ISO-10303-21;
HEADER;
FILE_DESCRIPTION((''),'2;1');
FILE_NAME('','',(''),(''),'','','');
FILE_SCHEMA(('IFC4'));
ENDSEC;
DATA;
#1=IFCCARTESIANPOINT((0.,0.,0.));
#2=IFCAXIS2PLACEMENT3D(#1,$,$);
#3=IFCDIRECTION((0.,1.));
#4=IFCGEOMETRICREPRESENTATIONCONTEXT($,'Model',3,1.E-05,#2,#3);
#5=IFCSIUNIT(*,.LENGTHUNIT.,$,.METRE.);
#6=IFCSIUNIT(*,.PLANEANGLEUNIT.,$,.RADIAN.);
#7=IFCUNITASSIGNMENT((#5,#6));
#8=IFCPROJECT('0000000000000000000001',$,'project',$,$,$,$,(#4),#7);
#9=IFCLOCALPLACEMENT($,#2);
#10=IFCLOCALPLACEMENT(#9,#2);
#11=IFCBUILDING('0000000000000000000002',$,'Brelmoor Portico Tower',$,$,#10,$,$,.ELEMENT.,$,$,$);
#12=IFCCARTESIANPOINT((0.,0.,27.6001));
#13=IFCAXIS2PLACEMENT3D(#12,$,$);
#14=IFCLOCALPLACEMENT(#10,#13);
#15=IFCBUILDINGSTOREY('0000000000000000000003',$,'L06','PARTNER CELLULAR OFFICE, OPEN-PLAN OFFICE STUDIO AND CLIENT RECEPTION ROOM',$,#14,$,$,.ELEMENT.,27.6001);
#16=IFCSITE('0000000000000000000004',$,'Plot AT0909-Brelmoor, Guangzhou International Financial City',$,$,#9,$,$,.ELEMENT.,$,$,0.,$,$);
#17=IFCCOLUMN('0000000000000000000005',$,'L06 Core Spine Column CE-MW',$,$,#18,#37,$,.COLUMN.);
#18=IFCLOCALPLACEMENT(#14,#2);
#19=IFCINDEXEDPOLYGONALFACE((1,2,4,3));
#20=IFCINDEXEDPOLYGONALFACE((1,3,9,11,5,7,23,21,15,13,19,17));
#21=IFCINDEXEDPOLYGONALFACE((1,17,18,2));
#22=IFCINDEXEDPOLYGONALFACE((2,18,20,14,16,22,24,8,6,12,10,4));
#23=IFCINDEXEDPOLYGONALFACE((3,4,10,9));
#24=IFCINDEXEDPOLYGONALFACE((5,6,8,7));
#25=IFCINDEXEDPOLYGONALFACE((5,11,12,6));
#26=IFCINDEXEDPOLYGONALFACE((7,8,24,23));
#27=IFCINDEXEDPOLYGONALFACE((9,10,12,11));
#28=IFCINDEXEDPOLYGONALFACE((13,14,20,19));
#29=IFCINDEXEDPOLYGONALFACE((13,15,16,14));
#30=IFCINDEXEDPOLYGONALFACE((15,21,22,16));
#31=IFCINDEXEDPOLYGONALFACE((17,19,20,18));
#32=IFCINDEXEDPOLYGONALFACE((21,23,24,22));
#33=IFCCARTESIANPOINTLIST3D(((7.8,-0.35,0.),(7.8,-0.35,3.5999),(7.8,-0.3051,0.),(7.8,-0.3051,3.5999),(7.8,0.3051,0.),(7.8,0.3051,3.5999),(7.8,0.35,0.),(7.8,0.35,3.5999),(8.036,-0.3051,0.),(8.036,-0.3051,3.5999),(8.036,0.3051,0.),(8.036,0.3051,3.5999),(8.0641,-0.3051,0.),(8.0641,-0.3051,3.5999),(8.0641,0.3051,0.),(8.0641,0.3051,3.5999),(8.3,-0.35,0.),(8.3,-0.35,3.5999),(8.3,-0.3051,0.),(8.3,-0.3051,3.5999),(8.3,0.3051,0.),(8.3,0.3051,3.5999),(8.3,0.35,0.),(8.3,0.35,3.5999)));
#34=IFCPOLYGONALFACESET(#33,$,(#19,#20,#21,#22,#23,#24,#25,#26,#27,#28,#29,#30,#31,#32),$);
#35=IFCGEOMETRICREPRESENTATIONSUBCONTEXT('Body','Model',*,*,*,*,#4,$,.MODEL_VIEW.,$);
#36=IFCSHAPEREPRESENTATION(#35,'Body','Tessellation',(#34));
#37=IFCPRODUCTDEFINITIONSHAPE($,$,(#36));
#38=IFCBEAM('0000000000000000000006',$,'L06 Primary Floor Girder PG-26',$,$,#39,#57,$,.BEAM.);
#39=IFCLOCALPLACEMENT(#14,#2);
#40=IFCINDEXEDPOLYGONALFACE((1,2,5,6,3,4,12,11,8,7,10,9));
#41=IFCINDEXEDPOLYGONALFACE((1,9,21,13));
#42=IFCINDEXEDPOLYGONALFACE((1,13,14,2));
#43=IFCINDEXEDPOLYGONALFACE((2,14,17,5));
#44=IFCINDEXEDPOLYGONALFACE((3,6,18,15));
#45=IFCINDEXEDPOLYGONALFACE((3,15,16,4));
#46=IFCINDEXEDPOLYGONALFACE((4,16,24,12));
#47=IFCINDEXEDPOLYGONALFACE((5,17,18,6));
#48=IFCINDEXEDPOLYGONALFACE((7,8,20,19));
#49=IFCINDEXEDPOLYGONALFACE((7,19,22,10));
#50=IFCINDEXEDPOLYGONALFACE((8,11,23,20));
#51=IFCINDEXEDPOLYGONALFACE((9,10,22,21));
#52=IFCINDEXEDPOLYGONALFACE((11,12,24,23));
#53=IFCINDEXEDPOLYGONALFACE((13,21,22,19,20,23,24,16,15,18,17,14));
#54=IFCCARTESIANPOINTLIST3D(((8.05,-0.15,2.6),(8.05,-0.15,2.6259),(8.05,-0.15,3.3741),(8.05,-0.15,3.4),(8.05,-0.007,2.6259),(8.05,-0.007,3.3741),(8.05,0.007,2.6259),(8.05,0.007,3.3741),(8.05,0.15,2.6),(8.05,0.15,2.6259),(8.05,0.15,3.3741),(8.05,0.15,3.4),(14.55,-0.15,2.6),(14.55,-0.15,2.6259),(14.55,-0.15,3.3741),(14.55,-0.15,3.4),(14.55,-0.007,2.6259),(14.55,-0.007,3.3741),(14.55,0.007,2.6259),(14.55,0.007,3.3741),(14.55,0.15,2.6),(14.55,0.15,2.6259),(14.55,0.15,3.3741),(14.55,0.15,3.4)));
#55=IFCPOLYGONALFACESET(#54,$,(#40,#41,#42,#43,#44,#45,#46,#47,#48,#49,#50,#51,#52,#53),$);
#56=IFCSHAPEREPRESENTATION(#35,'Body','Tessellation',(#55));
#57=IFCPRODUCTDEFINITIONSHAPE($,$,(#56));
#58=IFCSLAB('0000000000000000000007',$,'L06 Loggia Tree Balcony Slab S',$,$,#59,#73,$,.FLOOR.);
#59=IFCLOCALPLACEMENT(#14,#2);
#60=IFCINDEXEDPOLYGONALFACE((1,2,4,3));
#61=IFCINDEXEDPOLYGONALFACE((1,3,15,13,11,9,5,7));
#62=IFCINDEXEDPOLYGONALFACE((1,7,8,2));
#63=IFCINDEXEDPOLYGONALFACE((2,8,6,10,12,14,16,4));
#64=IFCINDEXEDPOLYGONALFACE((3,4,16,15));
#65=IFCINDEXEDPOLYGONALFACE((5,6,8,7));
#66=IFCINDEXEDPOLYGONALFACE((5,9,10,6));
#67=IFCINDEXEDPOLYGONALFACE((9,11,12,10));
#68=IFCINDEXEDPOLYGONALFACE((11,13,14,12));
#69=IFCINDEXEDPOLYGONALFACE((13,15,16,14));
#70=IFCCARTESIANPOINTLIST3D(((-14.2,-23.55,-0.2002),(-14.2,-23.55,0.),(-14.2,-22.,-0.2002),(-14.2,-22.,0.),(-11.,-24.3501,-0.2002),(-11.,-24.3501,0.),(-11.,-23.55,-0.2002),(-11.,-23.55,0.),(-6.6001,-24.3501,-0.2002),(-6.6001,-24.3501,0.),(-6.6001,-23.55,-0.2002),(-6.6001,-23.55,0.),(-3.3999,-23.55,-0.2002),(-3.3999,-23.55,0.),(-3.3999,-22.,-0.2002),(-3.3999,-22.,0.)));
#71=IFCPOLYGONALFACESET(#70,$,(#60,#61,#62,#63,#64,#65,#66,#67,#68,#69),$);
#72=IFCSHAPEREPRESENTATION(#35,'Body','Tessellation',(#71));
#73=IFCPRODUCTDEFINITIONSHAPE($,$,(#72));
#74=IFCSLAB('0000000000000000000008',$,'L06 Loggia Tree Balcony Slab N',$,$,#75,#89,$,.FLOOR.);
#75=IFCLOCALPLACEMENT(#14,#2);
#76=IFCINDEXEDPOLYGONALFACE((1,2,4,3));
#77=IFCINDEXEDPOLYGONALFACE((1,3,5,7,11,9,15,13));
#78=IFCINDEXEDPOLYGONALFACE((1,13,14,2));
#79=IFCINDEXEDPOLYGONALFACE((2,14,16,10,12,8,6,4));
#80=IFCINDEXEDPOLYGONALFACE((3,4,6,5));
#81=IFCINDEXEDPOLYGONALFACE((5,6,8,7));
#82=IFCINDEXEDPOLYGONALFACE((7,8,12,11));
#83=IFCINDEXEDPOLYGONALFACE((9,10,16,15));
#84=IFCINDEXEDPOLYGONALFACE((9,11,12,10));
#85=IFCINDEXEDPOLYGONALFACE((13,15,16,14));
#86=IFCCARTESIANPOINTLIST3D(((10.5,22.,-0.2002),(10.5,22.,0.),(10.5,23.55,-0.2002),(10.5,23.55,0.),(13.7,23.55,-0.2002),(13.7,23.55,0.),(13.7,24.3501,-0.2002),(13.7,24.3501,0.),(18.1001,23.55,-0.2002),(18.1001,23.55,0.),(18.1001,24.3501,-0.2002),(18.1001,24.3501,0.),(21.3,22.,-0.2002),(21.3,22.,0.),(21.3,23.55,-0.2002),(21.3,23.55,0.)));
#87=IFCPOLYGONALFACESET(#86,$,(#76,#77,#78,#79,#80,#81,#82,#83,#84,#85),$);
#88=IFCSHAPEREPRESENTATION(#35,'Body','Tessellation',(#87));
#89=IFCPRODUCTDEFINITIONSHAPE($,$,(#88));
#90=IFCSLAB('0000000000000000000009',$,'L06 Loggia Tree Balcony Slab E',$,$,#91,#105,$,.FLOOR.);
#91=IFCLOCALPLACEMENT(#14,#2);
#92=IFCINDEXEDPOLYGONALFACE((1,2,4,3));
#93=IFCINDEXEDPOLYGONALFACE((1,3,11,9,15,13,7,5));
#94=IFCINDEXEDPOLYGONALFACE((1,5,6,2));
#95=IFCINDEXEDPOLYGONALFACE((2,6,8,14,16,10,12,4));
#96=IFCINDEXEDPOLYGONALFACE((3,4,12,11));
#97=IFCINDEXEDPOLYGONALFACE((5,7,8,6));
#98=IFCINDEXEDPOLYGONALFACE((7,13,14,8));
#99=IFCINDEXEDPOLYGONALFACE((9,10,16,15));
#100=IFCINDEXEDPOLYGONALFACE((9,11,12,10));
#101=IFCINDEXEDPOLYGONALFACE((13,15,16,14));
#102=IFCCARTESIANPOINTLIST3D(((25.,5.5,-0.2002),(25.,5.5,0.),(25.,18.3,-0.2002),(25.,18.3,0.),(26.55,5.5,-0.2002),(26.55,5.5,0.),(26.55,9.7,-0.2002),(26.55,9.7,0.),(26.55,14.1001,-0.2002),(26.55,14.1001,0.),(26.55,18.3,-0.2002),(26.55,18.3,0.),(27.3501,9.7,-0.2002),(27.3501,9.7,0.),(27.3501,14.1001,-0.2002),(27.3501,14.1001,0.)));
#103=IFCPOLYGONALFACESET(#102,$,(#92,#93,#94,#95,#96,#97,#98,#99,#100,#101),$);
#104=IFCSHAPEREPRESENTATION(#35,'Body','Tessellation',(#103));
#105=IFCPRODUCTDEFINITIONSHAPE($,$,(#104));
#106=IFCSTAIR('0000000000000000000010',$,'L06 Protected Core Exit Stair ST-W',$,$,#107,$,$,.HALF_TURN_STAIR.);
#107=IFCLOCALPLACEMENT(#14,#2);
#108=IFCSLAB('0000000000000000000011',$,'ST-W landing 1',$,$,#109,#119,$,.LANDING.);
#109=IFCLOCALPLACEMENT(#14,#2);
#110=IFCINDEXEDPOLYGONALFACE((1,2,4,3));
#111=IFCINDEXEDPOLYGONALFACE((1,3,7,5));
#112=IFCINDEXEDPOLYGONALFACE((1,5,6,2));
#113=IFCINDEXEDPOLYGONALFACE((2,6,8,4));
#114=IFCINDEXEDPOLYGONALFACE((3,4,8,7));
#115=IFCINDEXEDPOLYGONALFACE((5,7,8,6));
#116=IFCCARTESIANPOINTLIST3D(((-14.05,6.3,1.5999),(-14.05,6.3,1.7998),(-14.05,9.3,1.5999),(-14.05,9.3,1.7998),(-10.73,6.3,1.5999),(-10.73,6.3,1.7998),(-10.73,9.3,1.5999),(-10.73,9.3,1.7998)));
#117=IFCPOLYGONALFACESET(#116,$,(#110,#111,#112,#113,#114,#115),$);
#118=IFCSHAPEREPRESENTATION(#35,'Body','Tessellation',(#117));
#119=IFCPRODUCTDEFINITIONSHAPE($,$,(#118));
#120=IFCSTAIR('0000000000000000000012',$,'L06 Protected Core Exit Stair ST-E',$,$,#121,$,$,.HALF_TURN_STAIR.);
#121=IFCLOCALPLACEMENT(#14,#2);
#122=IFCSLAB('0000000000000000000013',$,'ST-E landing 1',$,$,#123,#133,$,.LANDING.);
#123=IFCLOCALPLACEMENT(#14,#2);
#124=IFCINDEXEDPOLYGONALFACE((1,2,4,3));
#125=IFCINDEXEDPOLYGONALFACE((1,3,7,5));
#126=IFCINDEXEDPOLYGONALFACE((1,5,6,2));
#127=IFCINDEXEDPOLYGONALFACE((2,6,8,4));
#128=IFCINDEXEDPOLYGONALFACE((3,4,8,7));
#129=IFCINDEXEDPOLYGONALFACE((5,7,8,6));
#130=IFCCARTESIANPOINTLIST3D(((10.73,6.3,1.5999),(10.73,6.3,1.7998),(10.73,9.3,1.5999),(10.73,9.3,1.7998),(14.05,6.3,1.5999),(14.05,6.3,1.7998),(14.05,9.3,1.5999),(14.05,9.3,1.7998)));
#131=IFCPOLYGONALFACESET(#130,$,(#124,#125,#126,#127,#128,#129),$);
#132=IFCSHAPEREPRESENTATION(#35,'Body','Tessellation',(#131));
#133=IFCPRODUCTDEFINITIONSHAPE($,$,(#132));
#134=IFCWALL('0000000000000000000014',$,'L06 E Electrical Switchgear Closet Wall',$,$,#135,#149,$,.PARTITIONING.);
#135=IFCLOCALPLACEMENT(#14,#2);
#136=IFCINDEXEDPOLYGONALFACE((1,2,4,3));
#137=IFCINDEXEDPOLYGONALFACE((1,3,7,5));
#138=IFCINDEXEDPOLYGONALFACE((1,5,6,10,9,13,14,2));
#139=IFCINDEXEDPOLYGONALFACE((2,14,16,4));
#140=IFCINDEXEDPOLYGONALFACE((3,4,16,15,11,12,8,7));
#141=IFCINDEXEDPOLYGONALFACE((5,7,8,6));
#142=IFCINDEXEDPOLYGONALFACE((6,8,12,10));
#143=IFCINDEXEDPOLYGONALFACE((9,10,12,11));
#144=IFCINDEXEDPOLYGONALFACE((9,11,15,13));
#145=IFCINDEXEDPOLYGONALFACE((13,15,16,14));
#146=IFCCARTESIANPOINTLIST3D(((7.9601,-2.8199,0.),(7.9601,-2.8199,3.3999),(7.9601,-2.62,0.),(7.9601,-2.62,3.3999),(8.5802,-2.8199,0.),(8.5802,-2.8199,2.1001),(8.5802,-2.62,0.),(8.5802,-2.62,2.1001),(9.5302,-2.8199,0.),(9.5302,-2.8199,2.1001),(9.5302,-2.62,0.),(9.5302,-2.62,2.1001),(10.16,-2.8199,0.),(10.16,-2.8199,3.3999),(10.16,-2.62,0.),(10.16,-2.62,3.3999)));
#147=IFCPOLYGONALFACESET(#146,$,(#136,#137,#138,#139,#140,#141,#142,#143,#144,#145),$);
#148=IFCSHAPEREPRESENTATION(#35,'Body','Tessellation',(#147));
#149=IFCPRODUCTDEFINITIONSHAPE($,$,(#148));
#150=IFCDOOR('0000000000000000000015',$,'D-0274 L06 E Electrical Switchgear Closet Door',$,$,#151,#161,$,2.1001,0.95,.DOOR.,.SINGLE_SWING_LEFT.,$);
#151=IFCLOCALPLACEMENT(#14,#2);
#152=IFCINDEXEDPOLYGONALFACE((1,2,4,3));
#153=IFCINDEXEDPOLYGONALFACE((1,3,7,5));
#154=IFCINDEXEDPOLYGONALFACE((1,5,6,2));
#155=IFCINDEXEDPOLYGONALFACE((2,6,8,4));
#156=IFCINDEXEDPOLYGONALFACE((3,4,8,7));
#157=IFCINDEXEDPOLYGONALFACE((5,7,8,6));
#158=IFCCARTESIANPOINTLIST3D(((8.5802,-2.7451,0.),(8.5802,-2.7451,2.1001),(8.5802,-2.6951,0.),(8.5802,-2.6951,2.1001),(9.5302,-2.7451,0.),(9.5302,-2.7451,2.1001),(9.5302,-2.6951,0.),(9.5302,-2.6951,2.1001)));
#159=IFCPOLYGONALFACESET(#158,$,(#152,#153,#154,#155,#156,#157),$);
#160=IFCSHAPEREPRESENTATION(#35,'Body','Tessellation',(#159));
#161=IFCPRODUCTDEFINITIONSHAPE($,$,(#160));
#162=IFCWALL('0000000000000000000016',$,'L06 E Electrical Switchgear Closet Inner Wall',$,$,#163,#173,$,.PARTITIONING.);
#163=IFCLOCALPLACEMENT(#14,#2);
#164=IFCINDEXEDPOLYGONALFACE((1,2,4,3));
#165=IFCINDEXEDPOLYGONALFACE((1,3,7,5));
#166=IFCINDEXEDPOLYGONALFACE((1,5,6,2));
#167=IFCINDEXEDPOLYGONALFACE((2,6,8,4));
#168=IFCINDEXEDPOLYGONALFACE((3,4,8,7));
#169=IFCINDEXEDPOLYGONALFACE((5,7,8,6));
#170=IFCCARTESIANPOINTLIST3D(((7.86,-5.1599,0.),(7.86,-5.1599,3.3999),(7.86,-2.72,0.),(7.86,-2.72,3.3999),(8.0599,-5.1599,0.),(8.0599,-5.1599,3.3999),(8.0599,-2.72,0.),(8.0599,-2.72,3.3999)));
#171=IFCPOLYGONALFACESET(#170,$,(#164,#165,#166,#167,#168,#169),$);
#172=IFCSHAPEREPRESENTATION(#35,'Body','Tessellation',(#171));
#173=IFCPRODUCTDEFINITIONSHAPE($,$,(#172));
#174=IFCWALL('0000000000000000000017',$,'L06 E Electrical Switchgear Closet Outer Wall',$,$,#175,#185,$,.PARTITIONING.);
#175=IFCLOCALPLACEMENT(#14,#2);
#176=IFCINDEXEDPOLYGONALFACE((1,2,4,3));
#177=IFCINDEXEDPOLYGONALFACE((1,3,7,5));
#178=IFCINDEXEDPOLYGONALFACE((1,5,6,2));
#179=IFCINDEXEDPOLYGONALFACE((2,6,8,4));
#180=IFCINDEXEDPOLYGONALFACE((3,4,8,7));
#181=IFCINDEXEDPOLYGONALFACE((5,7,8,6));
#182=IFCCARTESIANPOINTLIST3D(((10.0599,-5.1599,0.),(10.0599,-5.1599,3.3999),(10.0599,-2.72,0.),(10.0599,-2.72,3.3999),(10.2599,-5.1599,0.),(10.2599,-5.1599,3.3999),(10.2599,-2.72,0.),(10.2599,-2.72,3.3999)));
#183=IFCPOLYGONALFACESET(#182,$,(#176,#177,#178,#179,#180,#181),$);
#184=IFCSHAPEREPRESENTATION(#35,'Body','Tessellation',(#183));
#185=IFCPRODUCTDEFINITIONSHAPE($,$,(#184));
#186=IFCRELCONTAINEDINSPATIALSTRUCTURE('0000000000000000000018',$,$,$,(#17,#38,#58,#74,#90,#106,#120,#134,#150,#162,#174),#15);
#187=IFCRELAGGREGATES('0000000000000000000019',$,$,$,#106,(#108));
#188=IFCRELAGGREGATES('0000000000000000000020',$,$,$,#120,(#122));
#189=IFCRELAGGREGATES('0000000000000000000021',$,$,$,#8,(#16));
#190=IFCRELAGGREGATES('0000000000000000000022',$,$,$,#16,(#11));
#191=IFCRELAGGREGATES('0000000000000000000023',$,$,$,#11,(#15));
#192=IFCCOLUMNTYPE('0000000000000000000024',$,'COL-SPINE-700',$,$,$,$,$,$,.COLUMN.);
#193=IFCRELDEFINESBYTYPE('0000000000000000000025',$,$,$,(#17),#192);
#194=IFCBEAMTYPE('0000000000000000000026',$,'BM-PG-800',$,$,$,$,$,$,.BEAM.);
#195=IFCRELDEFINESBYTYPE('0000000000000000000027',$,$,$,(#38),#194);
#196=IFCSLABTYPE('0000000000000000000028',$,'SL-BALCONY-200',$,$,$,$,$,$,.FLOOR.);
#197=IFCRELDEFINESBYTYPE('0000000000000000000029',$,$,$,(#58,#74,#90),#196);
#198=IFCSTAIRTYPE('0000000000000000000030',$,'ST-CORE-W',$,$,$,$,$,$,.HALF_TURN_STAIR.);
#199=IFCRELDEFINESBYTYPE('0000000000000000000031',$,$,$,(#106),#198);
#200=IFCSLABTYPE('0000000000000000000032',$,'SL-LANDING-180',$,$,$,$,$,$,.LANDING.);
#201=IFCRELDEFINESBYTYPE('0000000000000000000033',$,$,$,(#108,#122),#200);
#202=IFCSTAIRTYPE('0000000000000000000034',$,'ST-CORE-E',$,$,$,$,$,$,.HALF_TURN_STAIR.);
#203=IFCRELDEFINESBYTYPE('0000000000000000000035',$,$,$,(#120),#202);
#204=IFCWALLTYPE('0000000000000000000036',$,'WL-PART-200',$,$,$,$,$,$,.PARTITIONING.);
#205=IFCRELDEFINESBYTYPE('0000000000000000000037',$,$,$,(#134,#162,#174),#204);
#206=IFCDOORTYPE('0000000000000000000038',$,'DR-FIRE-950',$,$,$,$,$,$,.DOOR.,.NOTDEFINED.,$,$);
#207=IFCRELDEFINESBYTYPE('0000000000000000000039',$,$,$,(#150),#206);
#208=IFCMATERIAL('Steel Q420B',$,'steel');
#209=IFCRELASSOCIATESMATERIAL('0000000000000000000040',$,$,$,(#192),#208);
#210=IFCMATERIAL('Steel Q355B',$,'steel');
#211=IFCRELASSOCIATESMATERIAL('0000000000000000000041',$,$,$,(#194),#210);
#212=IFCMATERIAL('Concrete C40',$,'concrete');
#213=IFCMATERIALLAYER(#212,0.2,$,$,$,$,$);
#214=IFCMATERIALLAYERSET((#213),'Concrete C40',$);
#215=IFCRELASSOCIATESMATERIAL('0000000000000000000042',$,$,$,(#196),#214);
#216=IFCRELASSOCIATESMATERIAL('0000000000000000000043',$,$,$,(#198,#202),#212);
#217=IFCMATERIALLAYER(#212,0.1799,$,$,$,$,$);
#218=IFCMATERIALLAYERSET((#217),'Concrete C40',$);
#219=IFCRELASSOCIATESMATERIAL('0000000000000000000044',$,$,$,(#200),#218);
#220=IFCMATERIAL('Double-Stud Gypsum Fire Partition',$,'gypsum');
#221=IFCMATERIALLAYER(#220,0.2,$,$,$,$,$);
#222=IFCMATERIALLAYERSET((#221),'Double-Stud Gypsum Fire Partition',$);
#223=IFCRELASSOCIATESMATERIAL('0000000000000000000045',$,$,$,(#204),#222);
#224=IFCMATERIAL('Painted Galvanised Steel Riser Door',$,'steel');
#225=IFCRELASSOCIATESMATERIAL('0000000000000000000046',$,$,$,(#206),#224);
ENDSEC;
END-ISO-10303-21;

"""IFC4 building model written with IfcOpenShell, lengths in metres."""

from ifc_helpers import new_model, si_unit, direction, frame, frame_2d, origin, origin_2d, place, context, subcontext, project, spatial, polyline, rectangle, i_section, outline, extrude, material, layer, layer_set, material_profile, profile_set, type_object, element, fill, aggregate, save


model = new_model("IFC4")

# Units and contexts
model_context = context("Model", 3, precision=1e-05, world=origin(), true_north=direction((0.0, 1.0)))
body_context = subcontext(model_context, "Body", "Model", "MODEL_VIEW")
ifc_project = project(units=[si_unit("LENGTHUNIT", "METRE"), si_unit("PLANEANGLEUNIT", "RADIAN")], contexts=[model_context])

# Site, building, storey
site_placement = place(None, origin())
site = spatial("IfcSite", under=ifc_project, at=site_placement, Name="Plot AT0909-Brelmoor, Guangzhou International Financial City", CompositionType="ELEMENT", RefElevation=0.0)
building_placement = place(site_placement, origin())
building = spatial("IfcBuilding", under=site, at=building_placement, Name="Brelmoor Portico Tower", CompositionType="ELEMENT")
storey_placement = place(building_placement, frame((0.0, 0.0, 27.6001)))
storey = spatial("IfcBuildingStorey", under=building, at=storey_placement, Name="L06", Description="PARTNER CELLULAR OFFICE, OPEN-PLAN OFFICE STUDIO AND CLIENT RECEPTION ROOM", CompositionType="ELEMENT", Elevation=27.6001)

# Column
ifc_material_1 = material(Name="Steel Q420B", Category="steel")
ifc_material_profile_1 = material_profile(ifc_material_1, i_section(OverallWidth=0.5, OverallDepth=0.7, WebThickness=0.0281, FlangeThickness=0.0449, at=origin_2d()), Name="HW 700x500x28x45")
ifc_profile_set_1 = profile_set([ifc_material_profile_1], Name="Steel Q420B")
column_type = type_object("IfcColumnType", Name="COL-SPINE-700", PredefinedType="COLUMN", material=ifc_profile_set_1)
column_placement = place(storey_placement, frame((8.05, 0.0, 0.0), z_axis=(0.0, 0.0, 1.0), x_axis=(1.0, 0.0, 0.0)))
element("IfcColumn", 1, at=column_placement, inside=storey, type_object=column_type, Name="L06 Core Spine Column CE-MW", PredefinedType="COLUMN", context=body_context, shape_type="SweptSolid", body=[
    extrude(i_section(OverallWidth=0.5, OverallDepth=0.7, WebThickness=0.0281, FlangeThickness=0.0449, at=origin_2d()), origin(), (0.0, 0.0, 1.0), 3.5999),
])

# Beam
ifc_material_2 = material(Name="Steel Q355B", Category="steel")
ifc_material_profile_2 = material_profile(ifc_material_2, i_section(OverallWidth=0.3, OverallDepth=0.8, WebThickness=0.0139, FlangeThickness=0.0259, at=origin_2d()), Name="HN 800x300x14x26")
ifc_profile_set_2 = profile_set([ifc_material_profile_2], Name="Steel Q355B")
beam_type = type_object("IfcBeamType", Name="BM-PG-800", PredefinedType="BEAM", material=ifc_profile_set_2)
beam_placement = place(storey_placement, frame((8.05, 0.0, 3.0), z_axis=(1.0, 0.0, 0.0), x_axis=(0.0, 1.0, 0.0)))
element("IfcBeam", 2, at=beam_placement, inside=storey, type_object=beam_type, Name="L06 Primary Floor Girder PG-26", PredefinedType="BEAM", context=body_context, shape_type="SweptSolid", body=[
    extrude(i_section(OverallWidth=0.3, OverallDepth=0.8, WebThickness=0.0139, FlangeThickness=0.0259, at=origin_2d()), origin(), (0.0, 0.0, 1.0), 6.5),
])

# Slabs
ifc_material_3 = material(Name="Concrete C40", Category="concrete")
ifc_layer_1 = layer(ifc_material_3, 0.2)
ifc_layer_set_1 = layer_set([ifc_layer_1], Name="Concrete C40")
slab_type_1 = type_object("IfcSlabType", Name="SL-BALCONY-200", PredefinedType="FLOOR", material=ifc_layer_set_1)
slab_1_placement = place(storey_placement, frame((0.0, 0.0, -0.2002)))
element("IfcSlab", 3, at=slab_1_placement, inside=storey, type_object=slab_type_1, Name="L06 Loggia Tree Balcony Slab S", PredefinedType="FLOOR", context=body_context, shape_type="SweptSolid", body=[
    extrude(outline(polyline([(-14.2, -23.55), (-11.0, -23.55), (-11.0, -24.3501), (-6.6001, -24.3501), (-6.6001, -23.55), (-3.3999, -23.55), (-3.3999, -22.0), (-14.2, -22.0), (-14.2, -23.55)])), origin(), (0.0, 0.0, 1.0), 0.2002),
])
slab_2_placement = place(storey_placement, frame((0.0, 0.0, -0.2002)))
element("IfcSlab", 4, at=slab_2_placement, inside=storey, type_object=slab_type_1, Name="L06 Loggia Tree Balcony Slab N", PredefinedType="FLOOR", context=body_context, shape_type="SweptSolid", body=[
    extrude(outline(polyline([(10.5, 22.0), (21.3, 22.0), (21.3, 23.55), (18.1001, 23.55), (18.1001, 24.3501), (13.7, 24.3501), (13.7, 23.55), (10.5, 23.55), (10.5, 22.0)])), origin(), (0.0, 0.0, 1.0), 0.2002),
])
slab_3_placement = place(storey_placement, frame((0.0, 0.0, -0.2002)))
element("IfcSlab", 5, at=slab_3_placement, inside=storey, type_object=slab_type_1, Name="L06 Loggia Tree Balcony Slab E", PredefinedType="FLOOR", context=body_context, shape_type="SweptSolid", body=[
    extrude(outline(polyline([(25.0, 5.5), (26.55, 5.5), (26.55, 9.7), (27.3501, 9.7), (27.3501, 14.1001), (26.55, 14.1001), (26.55, 18.3), (25.0, 18.3), (25.0, 5.5)])), origin(), (0.0, 0.0, 1.0), 0.2002),
])

# Stairs, slabs
stair_type_1 = type_object("IfcStairType", Name="ST-CORE-W", PredefinedType="HALF_TURN_STAIR", material=ifc_material_3)
stair_1_placement = place(storey_placement, origin())
stair_1 = element("IfcStair", 6, at=stair_1_placement, inside=storey, type_object=stair_type_1, Name="L06 Protected Core Exit Stair ST-W", PredefinedType="HALF_TURN_STAIR")
ifc_layer_2 = layer(ifc_material_3, 0.1799)
ifc_layer_set_2 = layer_set([ifc_layer_2], Name="Concrete C40")
slab_type_2 = type_object("IfcSlabType", Name="SL-LANDING-180", PredefinedType="LANDING", material=ifc_layer_set_2)
slab_4_placement = place(storey_placement, frame((0.0, 0.0, 1.5999)))
slab_4 = element("IfcSlab", 7, at=slab_4_placement, type_object=slab_type_2, Name="ST-W landing 1", PredefinedType="LANDING", context=body_context, shape_type="SweptSolid", body=[
    extrude(outline(polyline([(-10.73, 6.3), (-10.73, 9.3), (-14.05, 9.3), (-14.05, 6.3), (-10.73, 6.3)])), origin(), (0.0, 0.0, 1.0), 0.2),
])
aggregate(stair_1, [slab_4])
stair_type_2 = type_object("IfcStairType", Name="ST-CORE-E", PredefinedType="HALF_TURN_STAIR", material=ifc_material_3)
stair_2_placement = place(storey_placement, origin())
stair_2 = element("IfcStair", 8, at=stair_2_placement, inside=storey, type_object=stair_type_2, Name="L06 Protected Core Exit Stair ST-E", PredefinedType="HALF_TURN_STAIR")
slab_5_placement = place(storey_placement, frame((0.0, 0.0, 1.5999)))
slab_5 = element("IfcSlab", 9, at=slab_5_placement, type_object=slab_type_2, Name="ST-E landing 1", PredefinedType="LANDING", context=body_context, shape_type="SweptSolid", body=[
    extrude(outline(polyline([(14.05, 6.3), (14.05, 9.3), (10.73, 9.3), (10.73, 6.3), (14.05, 6.3)])), origin(), (0.0, 0.0, 1.0), 0.2),
])
aggregate(stair_2, [slab_5])

# Wall, opening, door
ifc_material_4 = material(Name="Double-Stud Gypsum Fire Partition", Category="gypsum")
ifc_layer_3 = layer(ifc_material_4, 0.2)
ifc_layer_set_3 = layer_set([ifc_layer_3], Name="Double-Stud Gypsum Fire Partition")
wall_type_1 = type_object("IfcWallType", Name="WL-PART-200", PredefinedType="PARTITIONING", material=ifc_layer_set_3)
wall_1_placement = place(storey_placement, frame((7.96, -2.72, 0.0), z_axis=(0.0, 0.0, 1.0), x_axis=(1.0, 0.0, 0.0)))
wall_1 = element("IfcWall", 10, at=wall_1_placement, inside=storey, type_object=wall_type_1, Name="L06 E Electrical Switchgear Closet Wall", PredefinedType="PARTITIONING", context=body_context, shape_type="SweptSolid", body=[
    extrude(rectangle(XDim=2.2, YDim=0.2, at=frame_2d((1.1001, 0.0))), origin(), (0.0, 0.0, 1.0), 3.3999),
])
opening_1_placement = place(wall_1_placement, frame((0.6201, 0.0, 0.0)))
opening_1 = element("IfcOpeningElement", 11, at=opening_1_placement, cuts=wall_1, PredefinedType="OPENING", context=body_context, shape_type="SweptSolid", body=[
    extrude(rectangle(XDim=0.95, YDim=2.1001, at=frame_2d((0.4751, 1.05))), frame((0.0, 0.1099, 0.0), z_axis=(0.0, -1.0, 0.0), x_axis=(1.0, 0.0, 0.0)), (0.0, 0.0, 1.0), 0.22),
])
ifc_material_5 = material(Name="Painted Galvanised Steel Riser Door", Category="steel")
door_type_1 = type_object("IfcDoorType", Name="DR-FIRE-950", OperationType="NOTDEFINED", PredefinedType="DOOR", material=ifc_material_5)
door_1_placement = place(opening_1_placement, origin())
door_1 = element("IfcDoor", 12, at=door_1_placement, inside=storey, type_object=door_type_1, Name="D-0274 L06 E Electrical Switchgear Closet Door", OperationType="SINGLE_SWING_LEFT", OverallHeight=2.1001, OverallWidth=0.95, PredefinedType="DOOR", context=body_context, shape_type="SweptSolid", body=[
    extrude(rectangle(XDim=0.95, YDim=2.1001, at=frame_2d((0.4751, 1.05))), frame((0.0, 0.0249, 0.0), z_axis=(0.0, -1.0, 0.0), x_axis=(1.0, 0.0, 0.0)), (0.0, 0.0, 1.0), 0.05),
])
fill(opening_1, door_1)

# Walls
for number, where, z_axis, x_axis, name in (
    (13, (7.96, -5.1599, 0.0), (0.0, 0.0, 1.0), (0.0, 1.0, 0.0), "L06 E Electrical Switchgear Closet Inner Wall"),
    (14, (10.1599, -5.1599, 0.0), (0.0, 0.0, 1.0), (0.0, 1.0, 0.0), "L06 E Electrical Switchgear Closet Outer Wall"),
):
    element("IfcWall", number, at=place(storey_placement, frame(where, z_axis=z_axis, x_axis=x_axis)), inside=storey, type_object=wall_type_1, Name=name, PredefinedType="PARTITIONING", context=body_context, shape_type="SweptSolid", body=[
        extrude(rectangle(XDim=2.4399, YDim=0.2, at=frame_2d((1.22, 0.0))), origin(), (0.0, 0.0, 1.0), 3.3999),
    ])

save(model, "model.ifc")
